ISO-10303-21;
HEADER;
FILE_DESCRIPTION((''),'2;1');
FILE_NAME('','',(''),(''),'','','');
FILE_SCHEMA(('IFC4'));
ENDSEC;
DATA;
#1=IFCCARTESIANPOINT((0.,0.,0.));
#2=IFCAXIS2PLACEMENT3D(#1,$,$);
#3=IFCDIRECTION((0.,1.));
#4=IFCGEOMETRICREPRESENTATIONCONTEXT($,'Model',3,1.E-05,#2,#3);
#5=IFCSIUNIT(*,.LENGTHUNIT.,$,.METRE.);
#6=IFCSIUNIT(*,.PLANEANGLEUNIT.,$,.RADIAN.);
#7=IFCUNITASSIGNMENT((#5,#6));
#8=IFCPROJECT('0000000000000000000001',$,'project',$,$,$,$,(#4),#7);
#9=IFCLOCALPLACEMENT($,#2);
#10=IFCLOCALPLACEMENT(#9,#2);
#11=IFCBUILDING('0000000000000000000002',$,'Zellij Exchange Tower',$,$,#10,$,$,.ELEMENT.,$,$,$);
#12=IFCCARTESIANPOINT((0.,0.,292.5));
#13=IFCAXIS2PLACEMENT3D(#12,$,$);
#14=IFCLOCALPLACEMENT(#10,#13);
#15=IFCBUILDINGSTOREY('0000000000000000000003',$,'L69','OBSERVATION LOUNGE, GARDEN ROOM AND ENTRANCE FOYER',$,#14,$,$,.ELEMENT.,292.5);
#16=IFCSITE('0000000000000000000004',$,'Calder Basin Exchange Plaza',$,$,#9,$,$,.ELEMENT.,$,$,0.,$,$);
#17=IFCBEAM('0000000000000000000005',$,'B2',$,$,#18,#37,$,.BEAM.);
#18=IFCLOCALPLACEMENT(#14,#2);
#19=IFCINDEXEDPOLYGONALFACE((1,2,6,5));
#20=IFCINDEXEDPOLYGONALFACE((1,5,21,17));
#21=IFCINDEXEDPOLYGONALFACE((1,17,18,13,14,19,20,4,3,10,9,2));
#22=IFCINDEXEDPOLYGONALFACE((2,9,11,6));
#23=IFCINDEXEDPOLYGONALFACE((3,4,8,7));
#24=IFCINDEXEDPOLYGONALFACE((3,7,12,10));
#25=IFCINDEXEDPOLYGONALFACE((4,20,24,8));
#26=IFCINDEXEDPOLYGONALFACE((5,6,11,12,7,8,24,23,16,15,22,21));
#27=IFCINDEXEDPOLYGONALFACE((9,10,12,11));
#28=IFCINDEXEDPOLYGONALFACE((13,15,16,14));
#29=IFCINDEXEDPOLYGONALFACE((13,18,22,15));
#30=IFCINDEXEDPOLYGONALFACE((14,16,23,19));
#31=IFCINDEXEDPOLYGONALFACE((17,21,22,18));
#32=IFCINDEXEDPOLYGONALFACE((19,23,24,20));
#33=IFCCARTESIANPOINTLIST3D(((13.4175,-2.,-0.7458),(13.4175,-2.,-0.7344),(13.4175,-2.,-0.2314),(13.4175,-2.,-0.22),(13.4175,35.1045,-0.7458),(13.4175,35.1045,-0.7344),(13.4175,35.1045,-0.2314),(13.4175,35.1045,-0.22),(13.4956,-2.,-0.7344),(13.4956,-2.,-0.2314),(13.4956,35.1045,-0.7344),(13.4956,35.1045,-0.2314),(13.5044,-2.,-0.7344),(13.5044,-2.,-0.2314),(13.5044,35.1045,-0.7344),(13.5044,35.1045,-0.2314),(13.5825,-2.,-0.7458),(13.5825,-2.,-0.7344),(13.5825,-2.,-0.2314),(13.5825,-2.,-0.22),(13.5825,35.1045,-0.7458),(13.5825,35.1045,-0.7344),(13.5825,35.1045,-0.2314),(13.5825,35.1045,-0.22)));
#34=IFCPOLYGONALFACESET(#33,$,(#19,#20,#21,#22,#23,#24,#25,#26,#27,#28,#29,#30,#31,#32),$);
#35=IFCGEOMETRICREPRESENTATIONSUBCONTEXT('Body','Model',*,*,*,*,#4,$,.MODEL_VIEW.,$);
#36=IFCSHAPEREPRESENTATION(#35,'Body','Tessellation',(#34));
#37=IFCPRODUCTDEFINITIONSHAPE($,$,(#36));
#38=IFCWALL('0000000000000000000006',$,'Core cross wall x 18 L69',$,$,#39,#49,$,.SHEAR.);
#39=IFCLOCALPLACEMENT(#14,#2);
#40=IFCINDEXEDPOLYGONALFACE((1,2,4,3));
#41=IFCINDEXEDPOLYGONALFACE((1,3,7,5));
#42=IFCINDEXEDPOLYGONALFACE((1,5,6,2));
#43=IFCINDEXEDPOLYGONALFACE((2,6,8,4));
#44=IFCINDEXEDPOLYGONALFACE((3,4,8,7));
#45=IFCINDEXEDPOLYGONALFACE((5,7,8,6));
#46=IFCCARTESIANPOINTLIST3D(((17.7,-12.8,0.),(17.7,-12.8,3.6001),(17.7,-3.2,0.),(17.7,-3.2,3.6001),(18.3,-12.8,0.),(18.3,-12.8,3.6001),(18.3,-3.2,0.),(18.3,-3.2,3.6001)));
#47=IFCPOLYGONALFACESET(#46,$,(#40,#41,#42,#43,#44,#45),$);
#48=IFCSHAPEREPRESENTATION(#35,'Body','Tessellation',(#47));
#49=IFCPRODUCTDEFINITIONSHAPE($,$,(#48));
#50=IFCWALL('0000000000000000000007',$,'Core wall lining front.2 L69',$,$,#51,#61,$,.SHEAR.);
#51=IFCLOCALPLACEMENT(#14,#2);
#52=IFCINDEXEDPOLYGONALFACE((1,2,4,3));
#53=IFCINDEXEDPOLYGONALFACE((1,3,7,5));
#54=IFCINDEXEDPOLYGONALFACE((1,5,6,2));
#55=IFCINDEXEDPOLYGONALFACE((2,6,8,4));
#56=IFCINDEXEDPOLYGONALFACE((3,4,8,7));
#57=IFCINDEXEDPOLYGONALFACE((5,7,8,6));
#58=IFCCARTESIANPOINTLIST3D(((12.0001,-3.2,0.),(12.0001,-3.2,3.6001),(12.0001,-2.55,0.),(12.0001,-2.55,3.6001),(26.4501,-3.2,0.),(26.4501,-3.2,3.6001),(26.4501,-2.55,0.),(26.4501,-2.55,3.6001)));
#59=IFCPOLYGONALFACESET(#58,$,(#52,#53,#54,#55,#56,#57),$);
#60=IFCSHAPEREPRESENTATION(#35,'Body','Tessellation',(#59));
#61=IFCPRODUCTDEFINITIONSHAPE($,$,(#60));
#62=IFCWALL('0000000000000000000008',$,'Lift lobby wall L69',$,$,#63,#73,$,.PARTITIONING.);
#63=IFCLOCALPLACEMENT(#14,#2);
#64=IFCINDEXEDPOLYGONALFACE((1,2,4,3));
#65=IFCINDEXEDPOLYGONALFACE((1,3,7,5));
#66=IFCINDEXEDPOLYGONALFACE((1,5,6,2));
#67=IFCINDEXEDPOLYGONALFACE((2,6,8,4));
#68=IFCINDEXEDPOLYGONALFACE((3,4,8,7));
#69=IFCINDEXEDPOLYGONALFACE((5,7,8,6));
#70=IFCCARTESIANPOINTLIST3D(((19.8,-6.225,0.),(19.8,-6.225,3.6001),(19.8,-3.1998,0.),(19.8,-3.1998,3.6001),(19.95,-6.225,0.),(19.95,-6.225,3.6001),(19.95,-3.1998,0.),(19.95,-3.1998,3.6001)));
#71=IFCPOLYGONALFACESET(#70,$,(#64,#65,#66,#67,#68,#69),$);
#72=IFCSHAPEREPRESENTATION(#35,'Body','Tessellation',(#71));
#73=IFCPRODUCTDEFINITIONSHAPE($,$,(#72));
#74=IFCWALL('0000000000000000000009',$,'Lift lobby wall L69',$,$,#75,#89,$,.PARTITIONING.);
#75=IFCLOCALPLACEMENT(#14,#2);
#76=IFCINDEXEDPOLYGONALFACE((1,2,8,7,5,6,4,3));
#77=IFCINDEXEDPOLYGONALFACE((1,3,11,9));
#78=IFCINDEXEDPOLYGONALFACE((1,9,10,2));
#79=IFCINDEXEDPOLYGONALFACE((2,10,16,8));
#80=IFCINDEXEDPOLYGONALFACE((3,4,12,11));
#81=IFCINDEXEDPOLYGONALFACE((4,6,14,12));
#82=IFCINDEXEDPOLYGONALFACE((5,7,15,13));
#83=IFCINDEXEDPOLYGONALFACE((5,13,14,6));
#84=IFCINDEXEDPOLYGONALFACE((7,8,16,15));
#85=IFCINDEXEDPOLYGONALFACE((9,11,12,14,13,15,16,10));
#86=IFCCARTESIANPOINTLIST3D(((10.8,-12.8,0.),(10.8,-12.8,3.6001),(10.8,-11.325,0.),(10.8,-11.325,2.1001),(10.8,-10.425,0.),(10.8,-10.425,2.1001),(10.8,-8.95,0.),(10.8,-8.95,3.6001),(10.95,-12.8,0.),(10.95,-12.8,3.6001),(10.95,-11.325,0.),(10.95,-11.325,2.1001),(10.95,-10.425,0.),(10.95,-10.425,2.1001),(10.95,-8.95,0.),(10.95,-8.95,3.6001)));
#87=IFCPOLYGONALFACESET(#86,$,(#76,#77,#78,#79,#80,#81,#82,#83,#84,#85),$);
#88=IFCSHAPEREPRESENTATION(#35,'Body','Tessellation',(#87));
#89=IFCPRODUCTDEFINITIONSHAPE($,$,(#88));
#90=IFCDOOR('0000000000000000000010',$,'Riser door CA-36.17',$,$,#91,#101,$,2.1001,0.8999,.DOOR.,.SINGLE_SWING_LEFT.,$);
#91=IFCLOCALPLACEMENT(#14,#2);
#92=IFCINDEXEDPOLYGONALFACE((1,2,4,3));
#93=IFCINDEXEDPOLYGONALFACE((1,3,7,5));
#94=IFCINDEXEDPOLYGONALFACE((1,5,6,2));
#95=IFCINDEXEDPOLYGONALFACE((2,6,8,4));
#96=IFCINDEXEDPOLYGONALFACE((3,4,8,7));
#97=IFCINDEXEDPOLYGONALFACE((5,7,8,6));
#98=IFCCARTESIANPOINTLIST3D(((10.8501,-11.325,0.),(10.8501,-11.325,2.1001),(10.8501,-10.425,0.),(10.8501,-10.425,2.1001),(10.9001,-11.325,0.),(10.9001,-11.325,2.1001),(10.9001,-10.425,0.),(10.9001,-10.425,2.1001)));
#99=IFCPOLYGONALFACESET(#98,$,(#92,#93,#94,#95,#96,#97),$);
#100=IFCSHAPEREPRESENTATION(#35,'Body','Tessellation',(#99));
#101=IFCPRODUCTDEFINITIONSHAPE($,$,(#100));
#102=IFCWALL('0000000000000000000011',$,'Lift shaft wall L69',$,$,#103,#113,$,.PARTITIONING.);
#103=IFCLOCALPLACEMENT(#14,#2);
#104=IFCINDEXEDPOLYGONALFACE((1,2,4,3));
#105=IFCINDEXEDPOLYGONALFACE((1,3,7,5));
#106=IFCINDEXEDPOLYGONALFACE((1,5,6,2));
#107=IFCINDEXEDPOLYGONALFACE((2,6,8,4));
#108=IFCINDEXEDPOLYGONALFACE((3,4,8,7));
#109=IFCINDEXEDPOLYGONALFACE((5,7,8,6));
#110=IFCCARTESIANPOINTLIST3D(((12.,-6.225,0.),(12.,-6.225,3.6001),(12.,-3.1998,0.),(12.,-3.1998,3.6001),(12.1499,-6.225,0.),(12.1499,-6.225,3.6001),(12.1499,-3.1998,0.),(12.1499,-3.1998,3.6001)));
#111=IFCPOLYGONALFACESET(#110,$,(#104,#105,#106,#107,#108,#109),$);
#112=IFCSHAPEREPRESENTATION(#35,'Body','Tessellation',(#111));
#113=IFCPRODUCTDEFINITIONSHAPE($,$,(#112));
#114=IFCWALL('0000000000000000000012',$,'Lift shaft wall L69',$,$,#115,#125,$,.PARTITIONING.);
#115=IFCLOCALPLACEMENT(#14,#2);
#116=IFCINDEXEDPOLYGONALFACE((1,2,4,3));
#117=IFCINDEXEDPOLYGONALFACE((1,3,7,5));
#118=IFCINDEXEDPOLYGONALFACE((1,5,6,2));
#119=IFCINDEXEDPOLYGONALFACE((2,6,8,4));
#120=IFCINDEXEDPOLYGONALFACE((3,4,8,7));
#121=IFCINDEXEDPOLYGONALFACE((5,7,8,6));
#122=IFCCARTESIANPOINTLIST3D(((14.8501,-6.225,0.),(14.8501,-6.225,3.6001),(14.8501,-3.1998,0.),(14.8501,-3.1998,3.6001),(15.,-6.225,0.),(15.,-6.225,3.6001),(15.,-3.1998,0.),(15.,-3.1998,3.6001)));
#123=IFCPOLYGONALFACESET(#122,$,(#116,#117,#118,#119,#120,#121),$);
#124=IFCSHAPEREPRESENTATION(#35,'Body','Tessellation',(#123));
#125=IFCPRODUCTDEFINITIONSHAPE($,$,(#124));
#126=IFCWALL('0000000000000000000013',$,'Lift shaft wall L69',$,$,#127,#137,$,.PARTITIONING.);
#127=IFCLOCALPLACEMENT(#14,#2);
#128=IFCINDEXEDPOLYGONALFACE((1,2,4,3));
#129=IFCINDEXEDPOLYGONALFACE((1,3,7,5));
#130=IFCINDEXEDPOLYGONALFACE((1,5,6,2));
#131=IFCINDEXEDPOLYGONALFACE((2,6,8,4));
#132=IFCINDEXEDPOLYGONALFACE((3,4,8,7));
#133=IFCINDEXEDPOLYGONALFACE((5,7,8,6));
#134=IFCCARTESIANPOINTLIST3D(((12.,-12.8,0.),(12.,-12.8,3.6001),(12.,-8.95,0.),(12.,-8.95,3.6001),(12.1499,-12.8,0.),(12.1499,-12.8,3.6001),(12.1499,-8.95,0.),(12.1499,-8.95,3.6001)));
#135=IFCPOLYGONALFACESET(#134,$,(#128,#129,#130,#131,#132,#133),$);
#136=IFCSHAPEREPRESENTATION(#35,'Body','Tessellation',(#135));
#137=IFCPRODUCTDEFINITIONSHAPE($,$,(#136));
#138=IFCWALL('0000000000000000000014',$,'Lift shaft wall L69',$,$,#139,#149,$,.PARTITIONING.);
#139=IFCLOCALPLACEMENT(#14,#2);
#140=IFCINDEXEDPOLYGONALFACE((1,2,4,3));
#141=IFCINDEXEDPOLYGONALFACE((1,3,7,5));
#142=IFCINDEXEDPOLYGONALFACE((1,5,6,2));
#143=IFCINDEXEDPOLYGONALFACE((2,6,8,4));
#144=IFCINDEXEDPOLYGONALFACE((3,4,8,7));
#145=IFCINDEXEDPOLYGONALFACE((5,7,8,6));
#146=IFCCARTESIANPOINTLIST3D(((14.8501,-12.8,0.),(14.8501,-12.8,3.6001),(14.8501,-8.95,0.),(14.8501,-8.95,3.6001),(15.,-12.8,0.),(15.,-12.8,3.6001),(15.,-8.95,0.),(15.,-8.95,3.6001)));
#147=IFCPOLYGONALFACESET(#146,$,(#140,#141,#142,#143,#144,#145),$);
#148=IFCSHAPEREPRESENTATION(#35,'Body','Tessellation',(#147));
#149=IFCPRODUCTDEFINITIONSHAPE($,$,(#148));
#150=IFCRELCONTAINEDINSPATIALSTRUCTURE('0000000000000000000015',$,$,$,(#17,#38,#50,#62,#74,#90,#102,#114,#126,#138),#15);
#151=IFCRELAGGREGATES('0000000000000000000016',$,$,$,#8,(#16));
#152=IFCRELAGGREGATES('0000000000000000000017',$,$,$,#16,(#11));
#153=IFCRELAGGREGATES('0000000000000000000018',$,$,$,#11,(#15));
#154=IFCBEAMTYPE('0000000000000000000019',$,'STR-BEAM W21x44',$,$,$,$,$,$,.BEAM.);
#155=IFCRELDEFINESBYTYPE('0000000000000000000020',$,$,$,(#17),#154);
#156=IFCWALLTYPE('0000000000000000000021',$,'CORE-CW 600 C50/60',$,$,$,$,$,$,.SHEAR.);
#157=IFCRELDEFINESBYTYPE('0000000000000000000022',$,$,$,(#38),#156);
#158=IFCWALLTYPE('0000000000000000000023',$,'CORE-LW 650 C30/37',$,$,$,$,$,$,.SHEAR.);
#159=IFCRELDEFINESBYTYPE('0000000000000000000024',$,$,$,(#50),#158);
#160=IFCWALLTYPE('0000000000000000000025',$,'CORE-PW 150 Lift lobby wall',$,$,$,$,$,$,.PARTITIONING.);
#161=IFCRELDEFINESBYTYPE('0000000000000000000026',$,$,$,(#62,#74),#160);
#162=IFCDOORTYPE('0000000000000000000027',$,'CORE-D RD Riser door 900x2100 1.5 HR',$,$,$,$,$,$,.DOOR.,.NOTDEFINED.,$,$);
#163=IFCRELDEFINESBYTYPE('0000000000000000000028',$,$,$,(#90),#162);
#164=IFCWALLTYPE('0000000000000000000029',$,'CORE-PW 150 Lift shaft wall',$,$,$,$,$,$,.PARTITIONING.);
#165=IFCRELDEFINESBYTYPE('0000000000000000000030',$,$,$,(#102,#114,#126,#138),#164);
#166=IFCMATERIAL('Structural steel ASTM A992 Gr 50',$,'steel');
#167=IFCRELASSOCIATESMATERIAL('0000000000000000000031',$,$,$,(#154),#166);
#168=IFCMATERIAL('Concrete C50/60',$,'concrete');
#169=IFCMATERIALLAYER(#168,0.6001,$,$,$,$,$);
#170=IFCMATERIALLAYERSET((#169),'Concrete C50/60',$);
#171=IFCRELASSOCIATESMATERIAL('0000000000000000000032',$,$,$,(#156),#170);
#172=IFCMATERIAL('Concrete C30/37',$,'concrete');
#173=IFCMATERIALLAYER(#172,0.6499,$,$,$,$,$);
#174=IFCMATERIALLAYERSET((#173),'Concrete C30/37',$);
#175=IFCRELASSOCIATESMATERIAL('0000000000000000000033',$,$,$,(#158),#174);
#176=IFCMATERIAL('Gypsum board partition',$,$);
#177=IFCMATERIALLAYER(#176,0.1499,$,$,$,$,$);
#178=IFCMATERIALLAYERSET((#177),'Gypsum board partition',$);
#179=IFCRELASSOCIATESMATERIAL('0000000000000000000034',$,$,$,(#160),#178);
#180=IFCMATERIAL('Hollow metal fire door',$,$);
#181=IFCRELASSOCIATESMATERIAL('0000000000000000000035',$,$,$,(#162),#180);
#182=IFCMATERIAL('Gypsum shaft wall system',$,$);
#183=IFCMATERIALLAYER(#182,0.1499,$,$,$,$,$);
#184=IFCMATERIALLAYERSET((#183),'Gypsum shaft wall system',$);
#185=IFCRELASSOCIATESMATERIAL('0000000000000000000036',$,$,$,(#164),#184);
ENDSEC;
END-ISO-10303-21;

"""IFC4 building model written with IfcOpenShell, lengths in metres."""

from ifc_helpers import new_model, si_unit, direction, frame, frame_2d, origin, origin_2d, place, context, subcontext, project, spatial, rectangle, i_section, extrude, material, layer, layer_set, material_profile, profile_set, type_object, element, fill, save


model = new_model("IFC4")

# Units and contexts
model_context = context("Model", 3, precision=1e-05, world=origin(), true_north=direction((0.0, 1.0)))
body_context = subcontext(model_context, "Body", "Model", "MODEL_VIEW")
ifc_project = project(units=[si_unit("LENGTHUNIT", "METRE"), si_unit("PLANEANGLEUNIT", "RADIAN")], contexts=[model_context])

# Site, building, storey
site_placement = place(None, origin())
site = spatial("IfcSite", under=ifc_project, at=site_placement, Name="Calder Basin Exchange Plaza", CompositionType="ELEMENT", RefElevation=0.0)
building_placement = place(site_placement, origin())
building = spatial("IfcBuilding", under=site, at=building_placement, Name="Zellij Exchange Tower", CompositionType="ELEMENT")
storey_placement = place(building_placement, frame((0.0, 0.0, 292.5)))
storey = spatial("IfcBuildingStorey", under=building, at=storey_placement, Name="L69", Description="OBSERVATION LOUNGE, GARDEN ROOM AND ENTRANCE FOYER", CompositionType="ELEMENT", Elevation=292.5)

# Beam
ifc_material_1 = material(Name="Structural steel ASTM A992 Gr 50", Category="steel")
ifc_material_profile = material_profile(ifc_material_1, i_section(OverallWidth=0.165, OverallDepth=0.5259, WebThickness=0.0088, FlangeThickness=0.0115, at=origin_2d()), Name="W21x44")
ifc_profile_set = profile_set([ifc_material_profile], Name="Structural steel ASTM A992 Gr 50")
beam_type = type_object("IfcBeamType", Name="STR-BEAM W21x44", PredefinedType="BEAM", material=ifc_profile_set)
beam_placement = place(storey_placement, frame((13.5, -2.0, -0.4829), z_axis=(0.0, 1.0, 0.0), x_axis=(-1.0, 0.0, 0.0)))
element("IfcBeam", 1, at=beam_placement, inside=storey, type_object=beam_type, Name="B2", PredefinedType="BEAM", context=body_context, shape_type="SweptSolid", body=[
    extrude(i_section(OverallWidth=0.165, OverallDepth=0.5259, WebThickness=0.0088, FlangeThickness=0.0115, at=origin_2d()), origin(), (0.0, 0.0, 1.0), 37.1045),
])

# Walls
ifc_material_2 = material(Name="Concrete C50/60", Category="concrete")
ifc_layer_1 = layer(ifc_material_2, 0.6001)
ifc_layer_set_1 = layer_set([ifc_layer_1], Name="Concrete C50/60")
wall_type_1 = type_object("IfcWallType", Name="CORE-CW 600 C50/60", PredefinedType="SHEAR", material=ifc_layer_set_1)
wall_1_placement = place(storey_placement, frame((18.0, -12.8, 0.0), z_axis=(0.0, 0.0, 1.0), x_axis=(0.0, 1.0, 0.0)))
element("IfcWall", 2, at=wall_1_placement, inside=storey, type_object=wall_type_1, Name="Core cross wall x 18 L69", PredefinedType="SHEAR", context=body_context, shape_type="SweptSolid", body=[
    extrude(rectangle(XDim=9.6001, YDim=0.6001, at=frame_2d((4.8, 0.0))), origin(), (0.0, 0.0, 1.0), 3.6001),
])
ifc_material_3 = material(Name="Concrete C30/37", Category="concrete")
ifc_layer_2 = layer(ifc_material_3, 0.6499)
ifc_layer_set_2 = layer_set([ifc_layer_2], Name="Concrete C30/37")
wall_type_2 = type_object("IfcWallType", Name="CORE-LW 650 C30/37", PredefinedType="SHEAR", material=ifc_layer_set_2)
wall_2_placement = place(storey_placement, frame((12.0, -2.875, 0.0), z_axis=(0.0, 0.0, 1.0), x_axis=(1.0, 0.0, 0.0)))
element("IfcWall", 3, at=wall_2_placement, inside=storey, type_object=wall_type_2, Name="Core wall lining front.2 L69", PredefinedType="SHEAR", context=body_context, shape_type="SweptSolid", body=[
    extrude(rectangle(XDim=14.45, YDim=0.6499, at=frame_2d((7.2251, 0.0))), origin(), (0.0, 0.0, 1.0), 3.6001),
])
ifc_material_4 = material(Name="Gypsum board partition")
ifc_layer_3 = layer(ifc_material_4, 0.1499)
ifc_layer_set_3 = layer_set([ifc_layer_3], Name="Gypsum board partition")
wall_type_3 = type_object("IfcWallType", Name="CORE-PW 150 Lift lobby wall", PredefinedType="PARTITIONING", material=ifc_layer_set_3)
wall_3_placement = place(storey_placement, frame((19.875, -6.2251, 0.0), z_axis=(0.0, 0.0, 1.0), x_axis=(0.0, 1.0, 0.0)))
element("IfcWall", 4, at=wall_3_placement, inside=storey, type_object=wall_type_3, Name="Lift lobby wall L69", PredefinedType="PARTITIONING", context=body_context, shape_type="SweptSolid", body=[
    extrude(rectangle(XDim=3.0251, YDim=0.1499, at=frame_2d((1.5127, 0.0))), origin(), (0.0, 0.0, 1.0), 3.6001),
])

# Wall, opening, door
wall_4_placement = place(storey_placement, frame((10.875, -12.8, 0.0), z_axis=(0.0, 0.0, 1.0), x_axis=(0.0, 1.0, 0.0)))
wall_4 = element("IfcWall", 5, at=wall_4_placement, inside=storey, type_object=wall_type_3, Name="Lift lobby wall L69", PredefinedType="PARTITIONING", context=body_context, shape_type="SweptSolid", body=[
    extrude(rectangle(XDim=3.8501, YDim=0.1499, at=frame_2d((1.925, 0.0))), origin(), (0.0, 0.0, 1.0), 3.6001),
])
opening_1_placement = place(wall_4_placement, frame((1.4751, 0.0, 0.0)))
opening_1 = element("IfcOpeningElement", 6, at=opening_1_placement, cuts=wall_4, PredefinedType="OPENING", context=body_context, shape_type="SweptSolid", body=[
    extrude(rectangle(XDim=0.8999, YDim=2.1001, at=frame_2d((0.45, 1.05))), frame((0.0, 0.0869, 0.0), z_axis=(0.0, -1.0, 0.0), x_axis=(1.0, 0.0, 0.0)), (0.0, 0.0, 1.0), 0.1738),
])
ifc_material_5 = material(Name="Hollow metal fire door")
door_type_1 = type_object("IfcDoorType", Name="CORE-D RD Riser door 900x2100 1.5 HR", OperationType="NOTDEFINED", PredefinedType="DOOR", material=ifc_material_5)
door_1_placement = place(opening_1_placement, origin())
door_1 = element("IfcDoor", 7, at=door_1_placement, inside=storey, type_object=door_type_1, Name="Riser door CA-36.17", OperationType="SINGLE_SWING_LEFT", OverallHeight=2.1001, OverallWidth=0.8999, PredefinedType="DOOR", context=body_context, shape_type="SweptSolid", body=[
    extrude(rectangle(XDim=0.8999, YDim=2.1001, at=frame_2d((0.45, 1.05))), frame((0.0, 0.0249, 0.0), z_axis=(0.0, -1.0, 0.0), x_axis=(1.0, 0.0, 0.0)), (0.0, 0.0, 1.0), 0.05),
])
fill(opening_1, door_1)

# Walls
ifc_material_6 = material(Name="Gypsum shaft wall system")
ifc_layer_4 = layer(ifc_material_6, 0.1499)
ifc_layer_set_4 = layer_set([ifc_layer_4], Name="Gypsum shaft wall system")
wall_type_4 = type_object("IfcWallType", Name="CORE-PW 150 Lift shaft wall", PredefinedType="PARTITIONING", material=ifc_layer_set_4)
for number, where, z_axis, x_axis, name in (
    (8, (12.075, -6.2251, 0.0), (0.0, 0.0, 1.0), (0.0, 1.0, 0.0), "Lift shaft wall L69"),
    (9, (14.925, -6.2251, 0.0), (0.0, 0.0, 1.0), (0.0, 1.0, 0.0), "Lift shaft wall L69"),
):
    element("IfcWall", number, at=place(storey_placement, frame(where, z_axis=z_axis, x_axis=x_axis)), inside=storey, type_object=wall_type_4, Name=name, PredefinedType="PARTITIONING", context=body_context, shape_type="SweptSolid", body=[
        extrude(rectangle(XDim=3.0251, YDim=0.1499, at=frame_2d((1.5127, 0.0))), origin(), (0.0, 0.0, 1.0), 3.6001),
    ])
for number, where, z_axis, x_axis, name in (
    (10, (12.075, -12.8, 0.0), (0.0, 0.0, 1.0), (0.0, 1.0, 0.0), "Lift shaft wall L69"),
    (11, (14.925, -12.8, 0.0), (0.0, 0.0, 1.0), (0.0, 1.0, 0.0), "Lift shaft wall L69"),
):
    element("IfcWall", number, at=place(storey_placement, frame(where, z_axis=z_axis, x_axis=x_axis)), inside=storey, type_object=wall_type_4, Name=name, PredefinedType="PARTITIONING", context=body_context, shape_type="SweptSolid", body=[
        extrude(rectangle(XDim=3.8501, YDim=0.1499, at=frame_2d((1.925, 0.0))), origin(), (0.0, 0.0, 1.0), 3.6001),
    ])

save(model, "model.ifc")
